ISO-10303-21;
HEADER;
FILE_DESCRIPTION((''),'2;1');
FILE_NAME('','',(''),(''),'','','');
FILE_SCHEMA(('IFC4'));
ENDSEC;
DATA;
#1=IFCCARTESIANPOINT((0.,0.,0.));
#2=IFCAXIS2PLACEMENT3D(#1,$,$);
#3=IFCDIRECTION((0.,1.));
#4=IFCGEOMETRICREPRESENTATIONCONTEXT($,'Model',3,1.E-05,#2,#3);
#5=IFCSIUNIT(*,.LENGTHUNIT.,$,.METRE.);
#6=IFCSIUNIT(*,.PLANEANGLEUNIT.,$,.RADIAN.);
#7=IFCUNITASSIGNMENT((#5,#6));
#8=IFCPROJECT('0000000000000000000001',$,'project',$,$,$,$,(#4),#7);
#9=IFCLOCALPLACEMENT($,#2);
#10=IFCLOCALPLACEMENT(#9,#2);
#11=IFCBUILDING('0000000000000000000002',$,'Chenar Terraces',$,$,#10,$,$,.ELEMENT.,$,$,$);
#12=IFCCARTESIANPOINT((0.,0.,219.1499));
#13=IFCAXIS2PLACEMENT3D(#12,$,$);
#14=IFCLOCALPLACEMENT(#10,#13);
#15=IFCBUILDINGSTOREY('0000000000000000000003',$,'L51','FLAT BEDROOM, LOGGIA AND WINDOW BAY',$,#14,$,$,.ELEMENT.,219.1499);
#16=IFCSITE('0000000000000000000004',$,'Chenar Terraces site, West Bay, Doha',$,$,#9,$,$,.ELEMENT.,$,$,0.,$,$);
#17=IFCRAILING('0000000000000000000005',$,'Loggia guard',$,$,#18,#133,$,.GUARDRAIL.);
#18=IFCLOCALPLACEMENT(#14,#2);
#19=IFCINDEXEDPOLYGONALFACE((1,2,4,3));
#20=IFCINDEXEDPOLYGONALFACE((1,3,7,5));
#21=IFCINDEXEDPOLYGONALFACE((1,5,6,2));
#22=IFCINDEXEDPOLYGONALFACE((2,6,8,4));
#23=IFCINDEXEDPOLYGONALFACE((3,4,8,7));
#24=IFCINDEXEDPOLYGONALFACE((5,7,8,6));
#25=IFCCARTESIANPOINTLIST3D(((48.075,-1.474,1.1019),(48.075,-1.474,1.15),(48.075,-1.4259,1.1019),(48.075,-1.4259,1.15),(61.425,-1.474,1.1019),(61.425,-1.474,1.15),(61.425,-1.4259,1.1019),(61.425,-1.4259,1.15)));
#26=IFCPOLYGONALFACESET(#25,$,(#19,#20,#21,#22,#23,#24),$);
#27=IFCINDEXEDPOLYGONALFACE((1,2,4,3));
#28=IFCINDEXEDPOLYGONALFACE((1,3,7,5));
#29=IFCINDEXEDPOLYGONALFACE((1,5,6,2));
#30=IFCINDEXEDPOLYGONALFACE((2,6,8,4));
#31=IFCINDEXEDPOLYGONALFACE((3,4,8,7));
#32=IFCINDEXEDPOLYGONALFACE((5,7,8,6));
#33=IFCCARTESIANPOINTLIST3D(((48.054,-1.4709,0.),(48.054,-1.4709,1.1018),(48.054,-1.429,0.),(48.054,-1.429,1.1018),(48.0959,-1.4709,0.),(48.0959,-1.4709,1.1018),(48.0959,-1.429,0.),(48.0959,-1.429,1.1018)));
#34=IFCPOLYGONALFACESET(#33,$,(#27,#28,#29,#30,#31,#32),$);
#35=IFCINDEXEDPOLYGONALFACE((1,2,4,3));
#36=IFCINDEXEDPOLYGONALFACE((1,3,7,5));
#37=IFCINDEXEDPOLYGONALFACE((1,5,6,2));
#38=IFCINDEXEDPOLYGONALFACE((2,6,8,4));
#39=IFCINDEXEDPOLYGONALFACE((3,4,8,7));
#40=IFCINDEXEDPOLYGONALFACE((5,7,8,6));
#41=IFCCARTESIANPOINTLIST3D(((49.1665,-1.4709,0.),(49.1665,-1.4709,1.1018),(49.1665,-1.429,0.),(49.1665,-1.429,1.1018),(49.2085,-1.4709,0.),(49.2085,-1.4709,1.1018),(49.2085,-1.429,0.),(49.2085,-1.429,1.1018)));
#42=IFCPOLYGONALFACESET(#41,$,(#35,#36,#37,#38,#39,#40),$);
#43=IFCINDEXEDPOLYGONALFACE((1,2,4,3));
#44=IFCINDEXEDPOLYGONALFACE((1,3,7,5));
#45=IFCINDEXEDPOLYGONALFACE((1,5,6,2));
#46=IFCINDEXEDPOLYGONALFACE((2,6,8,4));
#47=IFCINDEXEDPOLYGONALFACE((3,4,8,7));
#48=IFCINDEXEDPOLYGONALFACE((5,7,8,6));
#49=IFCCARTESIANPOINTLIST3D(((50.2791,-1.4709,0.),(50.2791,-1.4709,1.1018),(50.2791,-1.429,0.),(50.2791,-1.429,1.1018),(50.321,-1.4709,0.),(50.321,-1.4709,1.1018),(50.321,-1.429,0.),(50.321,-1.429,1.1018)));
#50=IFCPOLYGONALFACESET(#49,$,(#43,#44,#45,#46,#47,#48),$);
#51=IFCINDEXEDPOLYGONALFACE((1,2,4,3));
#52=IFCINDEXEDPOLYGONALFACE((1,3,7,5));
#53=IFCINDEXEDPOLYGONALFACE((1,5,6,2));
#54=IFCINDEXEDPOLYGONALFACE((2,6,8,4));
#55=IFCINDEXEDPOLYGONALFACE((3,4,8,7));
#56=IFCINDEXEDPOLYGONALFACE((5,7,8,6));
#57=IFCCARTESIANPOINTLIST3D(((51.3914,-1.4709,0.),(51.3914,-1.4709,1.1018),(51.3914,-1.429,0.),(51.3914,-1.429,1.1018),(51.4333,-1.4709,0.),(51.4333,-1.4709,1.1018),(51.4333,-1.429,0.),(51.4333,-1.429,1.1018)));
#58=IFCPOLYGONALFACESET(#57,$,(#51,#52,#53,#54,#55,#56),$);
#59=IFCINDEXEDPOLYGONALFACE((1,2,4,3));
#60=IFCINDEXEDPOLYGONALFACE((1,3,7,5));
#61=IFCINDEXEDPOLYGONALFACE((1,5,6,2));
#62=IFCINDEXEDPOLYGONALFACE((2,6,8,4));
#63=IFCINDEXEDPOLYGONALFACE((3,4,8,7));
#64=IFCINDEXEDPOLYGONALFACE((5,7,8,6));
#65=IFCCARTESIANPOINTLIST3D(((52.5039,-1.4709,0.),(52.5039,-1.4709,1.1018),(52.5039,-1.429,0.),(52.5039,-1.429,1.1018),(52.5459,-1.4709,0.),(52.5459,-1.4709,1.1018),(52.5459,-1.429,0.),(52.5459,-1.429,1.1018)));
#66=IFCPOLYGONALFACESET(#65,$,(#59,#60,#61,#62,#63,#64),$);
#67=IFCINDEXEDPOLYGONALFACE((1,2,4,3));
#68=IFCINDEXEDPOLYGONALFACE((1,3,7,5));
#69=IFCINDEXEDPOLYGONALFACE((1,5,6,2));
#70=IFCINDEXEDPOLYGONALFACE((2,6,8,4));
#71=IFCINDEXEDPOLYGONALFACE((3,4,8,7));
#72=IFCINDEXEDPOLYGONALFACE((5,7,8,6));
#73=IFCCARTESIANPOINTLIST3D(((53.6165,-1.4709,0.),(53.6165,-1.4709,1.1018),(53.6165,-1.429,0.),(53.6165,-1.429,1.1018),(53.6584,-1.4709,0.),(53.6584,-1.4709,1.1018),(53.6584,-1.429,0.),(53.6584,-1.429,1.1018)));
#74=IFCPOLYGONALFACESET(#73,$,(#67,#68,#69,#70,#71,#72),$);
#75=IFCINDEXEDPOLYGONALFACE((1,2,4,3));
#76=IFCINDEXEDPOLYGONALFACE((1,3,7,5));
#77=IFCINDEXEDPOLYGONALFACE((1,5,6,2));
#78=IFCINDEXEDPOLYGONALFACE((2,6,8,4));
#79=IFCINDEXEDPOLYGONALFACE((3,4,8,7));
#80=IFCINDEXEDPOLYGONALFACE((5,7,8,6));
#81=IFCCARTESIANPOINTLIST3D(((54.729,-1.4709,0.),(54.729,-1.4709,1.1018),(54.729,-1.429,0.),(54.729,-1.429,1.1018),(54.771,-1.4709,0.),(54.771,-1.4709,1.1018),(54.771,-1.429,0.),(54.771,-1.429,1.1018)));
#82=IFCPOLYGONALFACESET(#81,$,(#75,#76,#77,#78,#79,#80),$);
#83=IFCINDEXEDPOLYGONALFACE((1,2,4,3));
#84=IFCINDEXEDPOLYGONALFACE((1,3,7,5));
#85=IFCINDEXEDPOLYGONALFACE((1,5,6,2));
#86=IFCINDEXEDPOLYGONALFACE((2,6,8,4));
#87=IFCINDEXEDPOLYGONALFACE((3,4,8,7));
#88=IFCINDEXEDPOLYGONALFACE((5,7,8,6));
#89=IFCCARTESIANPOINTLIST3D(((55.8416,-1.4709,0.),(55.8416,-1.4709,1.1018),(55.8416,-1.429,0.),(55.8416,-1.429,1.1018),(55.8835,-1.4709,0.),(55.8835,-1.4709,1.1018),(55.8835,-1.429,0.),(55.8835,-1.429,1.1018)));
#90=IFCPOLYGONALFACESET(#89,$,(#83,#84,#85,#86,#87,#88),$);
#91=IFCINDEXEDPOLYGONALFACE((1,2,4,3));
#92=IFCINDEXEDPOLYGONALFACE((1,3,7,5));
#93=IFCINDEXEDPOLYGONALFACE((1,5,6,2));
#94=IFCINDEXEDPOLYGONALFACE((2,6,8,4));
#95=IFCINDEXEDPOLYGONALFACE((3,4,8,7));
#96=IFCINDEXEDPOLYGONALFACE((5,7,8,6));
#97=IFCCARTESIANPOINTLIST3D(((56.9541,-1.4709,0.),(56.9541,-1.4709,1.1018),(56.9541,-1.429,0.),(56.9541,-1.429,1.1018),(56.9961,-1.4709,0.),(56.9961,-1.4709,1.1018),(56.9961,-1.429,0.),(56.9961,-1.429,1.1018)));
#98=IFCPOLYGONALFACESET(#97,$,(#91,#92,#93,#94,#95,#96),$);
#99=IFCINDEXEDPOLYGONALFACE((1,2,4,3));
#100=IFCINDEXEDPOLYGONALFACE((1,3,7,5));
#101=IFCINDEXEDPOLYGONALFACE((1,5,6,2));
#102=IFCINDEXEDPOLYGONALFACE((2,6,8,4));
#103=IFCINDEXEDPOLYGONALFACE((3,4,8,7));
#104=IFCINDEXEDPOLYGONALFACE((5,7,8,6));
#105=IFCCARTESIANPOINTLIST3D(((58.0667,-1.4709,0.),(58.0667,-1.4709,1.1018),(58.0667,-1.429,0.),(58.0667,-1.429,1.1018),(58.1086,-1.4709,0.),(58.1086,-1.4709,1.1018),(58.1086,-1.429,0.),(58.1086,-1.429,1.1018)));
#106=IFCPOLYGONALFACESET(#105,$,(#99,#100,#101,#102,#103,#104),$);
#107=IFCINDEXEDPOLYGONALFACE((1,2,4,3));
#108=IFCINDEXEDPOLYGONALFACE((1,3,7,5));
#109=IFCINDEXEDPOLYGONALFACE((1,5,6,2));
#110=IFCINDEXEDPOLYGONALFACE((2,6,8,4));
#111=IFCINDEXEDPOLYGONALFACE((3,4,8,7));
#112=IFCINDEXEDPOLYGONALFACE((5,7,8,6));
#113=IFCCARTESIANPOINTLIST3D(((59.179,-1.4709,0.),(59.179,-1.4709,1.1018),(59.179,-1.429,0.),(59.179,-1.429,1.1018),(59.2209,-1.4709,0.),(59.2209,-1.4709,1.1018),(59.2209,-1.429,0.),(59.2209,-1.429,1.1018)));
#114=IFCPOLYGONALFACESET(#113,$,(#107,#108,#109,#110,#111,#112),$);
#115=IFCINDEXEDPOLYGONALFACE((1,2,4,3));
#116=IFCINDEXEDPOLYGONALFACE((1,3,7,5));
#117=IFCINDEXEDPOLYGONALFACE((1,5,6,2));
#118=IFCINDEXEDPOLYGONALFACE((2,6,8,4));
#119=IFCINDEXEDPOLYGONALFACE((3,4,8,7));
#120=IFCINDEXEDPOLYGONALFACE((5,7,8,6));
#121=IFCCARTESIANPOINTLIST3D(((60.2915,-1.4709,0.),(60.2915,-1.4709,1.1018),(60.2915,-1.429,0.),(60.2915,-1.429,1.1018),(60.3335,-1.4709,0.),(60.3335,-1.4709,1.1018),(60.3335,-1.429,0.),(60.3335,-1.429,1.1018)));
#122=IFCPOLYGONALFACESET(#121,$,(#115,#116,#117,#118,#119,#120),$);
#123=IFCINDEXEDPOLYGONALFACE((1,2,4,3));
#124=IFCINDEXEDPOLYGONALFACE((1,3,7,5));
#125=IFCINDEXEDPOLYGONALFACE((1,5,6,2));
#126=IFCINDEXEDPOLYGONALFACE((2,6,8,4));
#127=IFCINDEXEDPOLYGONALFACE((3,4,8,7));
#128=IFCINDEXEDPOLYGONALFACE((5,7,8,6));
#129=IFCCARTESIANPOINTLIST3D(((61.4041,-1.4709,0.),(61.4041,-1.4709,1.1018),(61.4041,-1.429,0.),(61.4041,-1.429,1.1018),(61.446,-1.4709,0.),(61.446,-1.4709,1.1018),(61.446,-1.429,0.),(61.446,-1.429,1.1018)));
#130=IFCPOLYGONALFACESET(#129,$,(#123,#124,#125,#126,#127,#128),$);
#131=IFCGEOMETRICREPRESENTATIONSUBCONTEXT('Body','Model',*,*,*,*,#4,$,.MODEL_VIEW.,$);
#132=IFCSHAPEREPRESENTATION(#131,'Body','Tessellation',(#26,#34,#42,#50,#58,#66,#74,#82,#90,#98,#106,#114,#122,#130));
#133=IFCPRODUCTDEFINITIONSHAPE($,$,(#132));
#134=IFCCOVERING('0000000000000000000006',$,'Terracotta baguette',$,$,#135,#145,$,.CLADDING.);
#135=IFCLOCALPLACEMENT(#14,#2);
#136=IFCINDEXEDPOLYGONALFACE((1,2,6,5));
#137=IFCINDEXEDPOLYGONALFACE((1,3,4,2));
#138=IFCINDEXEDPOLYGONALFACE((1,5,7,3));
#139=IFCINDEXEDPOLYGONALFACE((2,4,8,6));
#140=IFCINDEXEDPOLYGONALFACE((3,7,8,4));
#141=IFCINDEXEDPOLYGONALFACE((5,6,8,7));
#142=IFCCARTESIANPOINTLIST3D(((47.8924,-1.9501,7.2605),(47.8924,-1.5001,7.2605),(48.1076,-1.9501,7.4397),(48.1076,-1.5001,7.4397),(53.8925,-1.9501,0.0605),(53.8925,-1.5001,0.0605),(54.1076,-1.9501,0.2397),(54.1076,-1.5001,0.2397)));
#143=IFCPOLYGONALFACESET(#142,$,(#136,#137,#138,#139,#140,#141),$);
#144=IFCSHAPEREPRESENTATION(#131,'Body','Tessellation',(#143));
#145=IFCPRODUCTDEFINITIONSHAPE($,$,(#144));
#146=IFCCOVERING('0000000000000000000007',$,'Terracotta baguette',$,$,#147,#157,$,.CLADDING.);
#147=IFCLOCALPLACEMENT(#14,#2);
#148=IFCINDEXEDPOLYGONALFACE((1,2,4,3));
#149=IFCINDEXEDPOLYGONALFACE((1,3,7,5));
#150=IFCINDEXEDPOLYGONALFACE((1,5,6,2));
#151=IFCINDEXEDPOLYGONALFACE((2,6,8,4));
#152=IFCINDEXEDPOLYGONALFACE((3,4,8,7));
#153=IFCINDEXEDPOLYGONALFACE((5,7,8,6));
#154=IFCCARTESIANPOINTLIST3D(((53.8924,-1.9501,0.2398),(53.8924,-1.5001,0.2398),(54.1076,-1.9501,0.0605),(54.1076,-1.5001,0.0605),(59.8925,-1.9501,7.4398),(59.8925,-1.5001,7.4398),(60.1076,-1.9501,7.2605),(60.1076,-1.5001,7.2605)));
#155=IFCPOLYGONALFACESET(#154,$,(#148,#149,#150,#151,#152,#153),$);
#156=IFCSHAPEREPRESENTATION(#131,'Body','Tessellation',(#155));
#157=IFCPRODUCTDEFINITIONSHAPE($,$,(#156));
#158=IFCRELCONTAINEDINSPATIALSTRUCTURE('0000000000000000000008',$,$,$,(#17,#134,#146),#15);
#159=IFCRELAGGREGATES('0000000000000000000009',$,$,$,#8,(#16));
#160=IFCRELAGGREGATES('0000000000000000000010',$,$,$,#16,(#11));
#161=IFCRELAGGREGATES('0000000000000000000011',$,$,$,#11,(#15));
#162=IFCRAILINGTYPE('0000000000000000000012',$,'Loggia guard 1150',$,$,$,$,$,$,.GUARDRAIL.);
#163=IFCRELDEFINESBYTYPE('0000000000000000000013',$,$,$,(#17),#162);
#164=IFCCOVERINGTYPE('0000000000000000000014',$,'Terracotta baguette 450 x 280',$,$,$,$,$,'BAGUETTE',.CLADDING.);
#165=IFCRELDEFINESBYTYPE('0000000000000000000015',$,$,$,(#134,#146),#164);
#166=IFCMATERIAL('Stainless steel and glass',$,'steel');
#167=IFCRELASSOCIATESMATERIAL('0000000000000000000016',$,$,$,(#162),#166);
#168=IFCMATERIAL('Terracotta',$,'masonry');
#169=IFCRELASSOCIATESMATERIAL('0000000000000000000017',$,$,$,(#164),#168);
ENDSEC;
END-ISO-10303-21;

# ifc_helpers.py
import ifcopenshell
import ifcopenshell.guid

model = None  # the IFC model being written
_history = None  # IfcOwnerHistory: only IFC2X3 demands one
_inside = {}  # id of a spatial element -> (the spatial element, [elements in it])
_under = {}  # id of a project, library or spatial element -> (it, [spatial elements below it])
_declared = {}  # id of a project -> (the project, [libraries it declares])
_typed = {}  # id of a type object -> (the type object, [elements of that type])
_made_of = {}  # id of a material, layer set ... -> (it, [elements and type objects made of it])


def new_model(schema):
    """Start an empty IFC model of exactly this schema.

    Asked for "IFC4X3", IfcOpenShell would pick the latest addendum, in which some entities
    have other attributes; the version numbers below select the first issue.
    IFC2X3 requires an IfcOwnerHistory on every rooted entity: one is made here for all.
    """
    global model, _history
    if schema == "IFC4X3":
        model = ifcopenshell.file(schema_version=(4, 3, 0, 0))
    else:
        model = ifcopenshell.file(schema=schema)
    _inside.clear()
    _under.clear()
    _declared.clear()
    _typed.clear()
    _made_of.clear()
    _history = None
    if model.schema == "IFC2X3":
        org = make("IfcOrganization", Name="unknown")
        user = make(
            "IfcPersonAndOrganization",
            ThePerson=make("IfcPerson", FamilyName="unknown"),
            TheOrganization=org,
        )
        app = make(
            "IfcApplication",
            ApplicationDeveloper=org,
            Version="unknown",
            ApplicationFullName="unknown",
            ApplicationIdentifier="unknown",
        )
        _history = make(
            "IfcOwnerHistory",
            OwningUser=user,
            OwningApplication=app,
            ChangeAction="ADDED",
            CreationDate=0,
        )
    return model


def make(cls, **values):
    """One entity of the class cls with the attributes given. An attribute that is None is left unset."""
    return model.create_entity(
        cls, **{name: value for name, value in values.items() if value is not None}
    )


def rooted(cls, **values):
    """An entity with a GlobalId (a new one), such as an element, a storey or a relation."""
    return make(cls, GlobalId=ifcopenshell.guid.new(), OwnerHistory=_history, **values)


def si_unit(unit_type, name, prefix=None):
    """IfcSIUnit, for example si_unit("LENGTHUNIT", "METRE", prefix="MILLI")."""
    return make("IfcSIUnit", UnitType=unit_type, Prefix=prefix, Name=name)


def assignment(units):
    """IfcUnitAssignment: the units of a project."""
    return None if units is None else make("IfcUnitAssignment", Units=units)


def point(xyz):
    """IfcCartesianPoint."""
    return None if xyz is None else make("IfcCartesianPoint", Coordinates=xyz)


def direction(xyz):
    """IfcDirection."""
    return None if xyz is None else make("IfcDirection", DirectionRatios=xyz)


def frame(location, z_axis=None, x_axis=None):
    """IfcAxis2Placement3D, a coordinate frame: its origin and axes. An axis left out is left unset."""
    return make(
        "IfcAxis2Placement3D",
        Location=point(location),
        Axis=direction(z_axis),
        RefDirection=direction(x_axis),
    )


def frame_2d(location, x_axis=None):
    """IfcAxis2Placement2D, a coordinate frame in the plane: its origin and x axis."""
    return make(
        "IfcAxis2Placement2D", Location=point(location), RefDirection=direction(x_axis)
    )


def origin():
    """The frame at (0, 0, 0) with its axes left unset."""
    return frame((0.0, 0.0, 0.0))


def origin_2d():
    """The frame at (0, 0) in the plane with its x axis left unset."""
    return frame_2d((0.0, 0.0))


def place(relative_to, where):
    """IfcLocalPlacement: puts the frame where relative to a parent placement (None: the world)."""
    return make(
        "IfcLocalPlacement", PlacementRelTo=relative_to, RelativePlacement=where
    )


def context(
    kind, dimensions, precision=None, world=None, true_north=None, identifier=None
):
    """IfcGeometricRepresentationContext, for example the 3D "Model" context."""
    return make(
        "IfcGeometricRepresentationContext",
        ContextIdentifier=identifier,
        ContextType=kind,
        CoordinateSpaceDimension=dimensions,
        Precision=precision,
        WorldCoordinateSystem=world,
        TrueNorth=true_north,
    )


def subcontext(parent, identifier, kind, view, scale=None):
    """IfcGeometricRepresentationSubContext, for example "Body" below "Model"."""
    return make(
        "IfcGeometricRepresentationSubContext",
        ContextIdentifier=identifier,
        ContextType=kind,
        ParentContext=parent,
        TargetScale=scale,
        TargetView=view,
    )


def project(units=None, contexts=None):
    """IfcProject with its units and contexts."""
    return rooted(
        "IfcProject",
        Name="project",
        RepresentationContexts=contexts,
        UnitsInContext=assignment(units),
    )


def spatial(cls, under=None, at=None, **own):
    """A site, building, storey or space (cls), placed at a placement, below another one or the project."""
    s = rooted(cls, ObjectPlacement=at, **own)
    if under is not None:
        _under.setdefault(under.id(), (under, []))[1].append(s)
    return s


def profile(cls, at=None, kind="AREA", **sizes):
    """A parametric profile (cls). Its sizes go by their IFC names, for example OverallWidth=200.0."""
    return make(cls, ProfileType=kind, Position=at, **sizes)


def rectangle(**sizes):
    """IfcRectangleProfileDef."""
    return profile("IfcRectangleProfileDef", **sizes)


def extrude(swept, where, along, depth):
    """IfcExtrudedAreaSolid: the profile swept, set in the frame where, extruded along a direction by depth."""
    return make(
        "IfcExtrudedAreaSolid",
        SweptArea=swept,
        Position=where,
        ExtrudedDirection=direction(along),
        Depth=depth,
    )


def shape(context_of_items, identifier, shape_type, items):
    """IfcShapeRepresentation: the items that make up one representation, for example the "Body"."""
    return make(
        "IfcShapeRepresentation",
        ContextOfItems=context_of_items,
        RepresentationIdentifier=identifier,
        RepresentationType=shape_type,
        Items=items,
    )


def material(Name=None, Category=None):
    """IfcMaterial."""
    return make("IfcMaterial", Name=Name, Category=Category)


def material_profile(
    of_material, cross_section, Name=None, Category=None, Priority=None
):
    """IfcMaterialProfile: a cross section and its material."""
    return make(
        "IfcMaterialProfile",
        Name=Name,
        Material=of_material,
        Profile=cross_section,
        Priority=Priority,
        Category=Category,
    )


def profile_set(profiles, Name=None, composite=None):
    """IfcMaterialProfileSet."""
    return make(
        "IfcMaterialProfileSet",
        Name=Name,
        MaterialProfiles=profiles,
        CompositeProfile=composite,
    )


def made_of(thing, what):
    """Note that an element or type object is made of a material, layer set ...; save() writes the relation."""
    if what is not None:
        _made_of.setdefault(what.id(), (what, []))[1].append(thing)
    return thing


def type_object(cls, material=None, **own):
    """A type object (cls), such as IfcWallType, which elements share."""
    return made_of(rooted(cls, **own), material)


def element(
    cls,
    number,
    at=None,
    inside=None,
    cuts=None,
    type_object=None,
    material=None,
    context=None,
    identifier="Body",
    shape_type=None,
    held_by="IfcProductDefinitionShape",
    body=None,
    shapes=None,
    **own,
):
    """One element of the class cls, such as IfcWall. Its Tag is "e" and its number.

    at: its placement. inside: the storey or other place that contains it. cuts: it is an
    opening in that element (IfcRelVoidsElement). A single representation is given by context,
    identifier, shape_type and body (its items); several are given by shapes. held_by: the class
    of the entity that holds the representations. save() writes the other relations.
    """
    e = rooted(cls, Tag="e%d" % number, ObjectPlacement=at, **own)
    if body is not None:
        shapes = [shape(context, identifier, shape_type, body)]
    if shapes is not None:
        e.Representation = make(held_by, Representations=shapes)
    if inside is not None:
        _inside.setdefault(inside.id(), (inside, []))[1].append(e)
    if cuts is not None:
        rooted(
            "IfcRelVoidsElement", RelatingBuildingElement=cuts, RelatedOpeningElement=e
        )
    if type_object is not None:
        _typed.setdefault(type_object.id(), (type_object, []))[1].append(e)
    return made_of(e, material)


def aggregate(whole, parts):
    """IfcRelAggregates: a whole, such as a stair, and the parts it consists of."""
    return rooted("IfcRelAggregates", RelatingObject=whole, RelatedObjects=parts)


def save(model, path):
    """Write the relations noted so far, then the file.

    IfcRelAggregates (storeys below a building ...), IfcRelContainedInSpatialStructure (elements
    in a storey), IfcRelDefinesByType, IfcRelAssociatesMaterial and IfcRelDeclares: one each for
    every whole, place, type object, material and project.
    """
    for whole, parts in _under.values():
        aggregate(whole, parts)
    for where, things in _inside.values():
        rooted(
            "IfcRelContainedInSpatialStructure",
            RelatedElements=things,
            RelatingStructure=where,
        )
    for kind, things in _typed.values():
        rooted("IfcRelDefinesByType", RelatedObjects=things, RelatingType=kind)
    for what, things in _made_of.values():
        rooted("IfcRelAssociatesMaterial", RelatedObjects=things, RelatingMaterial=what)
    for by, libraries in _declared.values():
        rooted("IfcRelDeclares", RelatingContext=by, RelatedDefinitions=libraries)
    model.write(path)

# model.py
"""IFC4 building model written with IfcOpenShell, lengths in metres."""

from ifc_helpers import new_model, si_unit, direction, frame, origin, origin_2d, place, context, subcontext, project, spatial, rectangle, extrude, material, material_profile, profile_set, type_object, element, save


model = new_model("IFC4")

# Units and contexts
model_context = context("Model", 3, precision=1e-05, world=origin(), true_north=direction((0.0, 1.0)))
body_context = subcontext(model_context, "Body", "Model", "MODEL_VIEW")
ifc_project = project(units=[si_unit("LENGTHUNIT", "METRE"), si_unit("PLANEANGLEUNIT", "RADIAN")], contexts=[model_context])

# Site, building, storey
site_placement = place(None, origin())
site = spatial("IfcSite", under=ifc_project, at=site_placement, Name="Chenar Terraces site, West Bay, Doha", CompositionType="ELEMENT", RefElevation=0.0)
building_placement = place(site_placement, origin())
building = spatial("IfcBuilding", under=site, at=building_placement, Name="Chenar Terraces", CompositionType="ELEMENT")
storey_placement = place(building_placement, frame((0.0, 0.0, 219.1499)))
storey = spatial("IfcBuildingStorey", under=building, at=storey_placement, Name="L51", Description="FLAT BEDROOM, LOGGIA AND WINDOW BAY", CompositionType="ELEMENT", Elevation=219.1499)

# Railing
ifc_material_1 = material(Name="Stainless steel and glass", Category="steel")
railing_type = type_object("IfcRailingType", Name="Loggia guard 1150", PredefinedType="GUARDRAIL", material=ifc_material_1)
railing_placement = place(storey_placement, frame((48.075, -1.45, 0.0)))
element("IfcRailing", 1, at=railing_placement, inside=storey, type_object=railing_type, Name="Loggia guard", PredefinedType="GUARDRAIL", context=body_context, shape_type="SweptSolid", body=[
    extrude(rectangle(XDim=0.0481, YDim=0.0481, at=origin_2d()), frame((0.0, 0.0, 1.126), z_axis=(1.0, 0.0, 0.0), x_axis=(0.0, 1.0, 0.0)), (0.0, 0.0, 1.0), 13.3501),
    extrude(rectangle(XDim=0.042, YDim=0.042, at=origin_2d()), origin(), (0.0, 0.0, 1.0), 1.1018),
    extrude(rectangle(XDim=0.042, YDim=0.042, at=origin_2d()), frame((1.1125, 0.0, 0.0)), (0.0, 0.0, 1.0), 1.1018),
    extrude(rectangle(XDim=0.042, YDim=0.042, at=origin_2d()), frame((2.2251, 0.0, 0.0)), (0.0, 0.0, 1.0), 1.1018),
    extrude(rectangle(XDim=0.042, YDim=0.042, at=origin_2d()), frame((3.3374, 0.0, 0.0)), (0.0, 0.0, 1.0), 1.1018),
    extrude(rectangle(XDim=0.042, YDim=0.042, at=origin_2d()), frame((4.45, 0.0, 0.0)), (0.0, 0.0, 1.0), 1.1018),
    extrude(rectangle(XDim=0.042, YDim=0.042, at=origin_2d()), frame((5.5625, 0.0, 0.0)), (0.0, 0.0, 1.0), 1.1018),
    extrude(rectangle(XDim=0.042, YDim=0.042, at=origin_2d()), frame((6.675, 0.0, 0.0)), (0.0, 0.0, 1.0), 1.1018),
    extrude(rectangle(XDim=0.042, YDim=0.042, at=origin_2d()), frame((7.7876, 0.0, 0.0)), (0.0, 0.0, 1.0), 1.1018),
    extrude(rectangle(XDim=0.042, YDim=0.042, at=origin_2d()), frame((8.9001, 0.0, 0.0)), (0.0, 0.0, 1.0), 1.1018),
    extrude(rectangle(XDim=0.042, YDim=0.042, at=origin_2d()), frame((10.0127, 0.0, 0.0)), (0.0, 0.0, 1.0), 1.1018),
    extrude(rectangle(XDim=0.042, YDim=0.042, at=origin_2d()), frame((11.125, 0.0, 0.0)), (0.0, 0.0, 1.0), 1.1018),
    extrude(rectangle(XDim=0.042, YDim=0.042, at=origin_2d()), frame((12.2375, 0.0, 0.0)), (0.0, 0.0, 1.0), 1.1018),
    extrude(rectangle(XDim=0.042, YDim=0.042, at=origin_2d()), frame((13.3501, 0.0, 0.0)), (0.0, 0.0, 1.0), 1.1018),
])

# Coverings
ifc_material_2 = material(Name="Terracotta", Category="masonry")
ifc_material_profile_1 = material_profile(ifc_material_2, rectangle(XDim=0.45, YDim=0.28, at=origin_2d()), Name="Terracotta baguette 450 x 280")
ifc_profile_set_1 = profile_set([ifc_material_profile_1], Name="Terracotta")
covering_type = type_object("IfcCoveringType", Name="Terracotta baguette 450 x 280", ElementType="BAGUETTE", PredefinedType="CLADDING", material=ifc_profile_set_1)
for number, where, z_axis, x_axis, name in (
    (2, (48.0, -1.7251, 7.3501), (0.640187, 0.0, -0.768219), (0.0, 1.0, 0.0), "Terracotta baguette"),
    (3, (54.0, -1.7251, 0.1501), (0.640187, 0.0, 0.768219), (0.0, 1.0, 0.0), "Terracotta baguette"),
):
    element("IfcCovering", number, at=place(storey_placement, frame(where, z_axis=z_axis, x_axis=x_axis)), inside=storey, type_object=covering_type, Name=name, PredefinedType="CLADDING", context=body_context, shape_type="SweptSolid", body=[
        extrude(rectangle(XDim=0.45, YDim=0.28, at=origin_2d()), origin(), (0.0, 0.0, 1.0), 9.3723),
    ])

save(model, "model.ifc")
